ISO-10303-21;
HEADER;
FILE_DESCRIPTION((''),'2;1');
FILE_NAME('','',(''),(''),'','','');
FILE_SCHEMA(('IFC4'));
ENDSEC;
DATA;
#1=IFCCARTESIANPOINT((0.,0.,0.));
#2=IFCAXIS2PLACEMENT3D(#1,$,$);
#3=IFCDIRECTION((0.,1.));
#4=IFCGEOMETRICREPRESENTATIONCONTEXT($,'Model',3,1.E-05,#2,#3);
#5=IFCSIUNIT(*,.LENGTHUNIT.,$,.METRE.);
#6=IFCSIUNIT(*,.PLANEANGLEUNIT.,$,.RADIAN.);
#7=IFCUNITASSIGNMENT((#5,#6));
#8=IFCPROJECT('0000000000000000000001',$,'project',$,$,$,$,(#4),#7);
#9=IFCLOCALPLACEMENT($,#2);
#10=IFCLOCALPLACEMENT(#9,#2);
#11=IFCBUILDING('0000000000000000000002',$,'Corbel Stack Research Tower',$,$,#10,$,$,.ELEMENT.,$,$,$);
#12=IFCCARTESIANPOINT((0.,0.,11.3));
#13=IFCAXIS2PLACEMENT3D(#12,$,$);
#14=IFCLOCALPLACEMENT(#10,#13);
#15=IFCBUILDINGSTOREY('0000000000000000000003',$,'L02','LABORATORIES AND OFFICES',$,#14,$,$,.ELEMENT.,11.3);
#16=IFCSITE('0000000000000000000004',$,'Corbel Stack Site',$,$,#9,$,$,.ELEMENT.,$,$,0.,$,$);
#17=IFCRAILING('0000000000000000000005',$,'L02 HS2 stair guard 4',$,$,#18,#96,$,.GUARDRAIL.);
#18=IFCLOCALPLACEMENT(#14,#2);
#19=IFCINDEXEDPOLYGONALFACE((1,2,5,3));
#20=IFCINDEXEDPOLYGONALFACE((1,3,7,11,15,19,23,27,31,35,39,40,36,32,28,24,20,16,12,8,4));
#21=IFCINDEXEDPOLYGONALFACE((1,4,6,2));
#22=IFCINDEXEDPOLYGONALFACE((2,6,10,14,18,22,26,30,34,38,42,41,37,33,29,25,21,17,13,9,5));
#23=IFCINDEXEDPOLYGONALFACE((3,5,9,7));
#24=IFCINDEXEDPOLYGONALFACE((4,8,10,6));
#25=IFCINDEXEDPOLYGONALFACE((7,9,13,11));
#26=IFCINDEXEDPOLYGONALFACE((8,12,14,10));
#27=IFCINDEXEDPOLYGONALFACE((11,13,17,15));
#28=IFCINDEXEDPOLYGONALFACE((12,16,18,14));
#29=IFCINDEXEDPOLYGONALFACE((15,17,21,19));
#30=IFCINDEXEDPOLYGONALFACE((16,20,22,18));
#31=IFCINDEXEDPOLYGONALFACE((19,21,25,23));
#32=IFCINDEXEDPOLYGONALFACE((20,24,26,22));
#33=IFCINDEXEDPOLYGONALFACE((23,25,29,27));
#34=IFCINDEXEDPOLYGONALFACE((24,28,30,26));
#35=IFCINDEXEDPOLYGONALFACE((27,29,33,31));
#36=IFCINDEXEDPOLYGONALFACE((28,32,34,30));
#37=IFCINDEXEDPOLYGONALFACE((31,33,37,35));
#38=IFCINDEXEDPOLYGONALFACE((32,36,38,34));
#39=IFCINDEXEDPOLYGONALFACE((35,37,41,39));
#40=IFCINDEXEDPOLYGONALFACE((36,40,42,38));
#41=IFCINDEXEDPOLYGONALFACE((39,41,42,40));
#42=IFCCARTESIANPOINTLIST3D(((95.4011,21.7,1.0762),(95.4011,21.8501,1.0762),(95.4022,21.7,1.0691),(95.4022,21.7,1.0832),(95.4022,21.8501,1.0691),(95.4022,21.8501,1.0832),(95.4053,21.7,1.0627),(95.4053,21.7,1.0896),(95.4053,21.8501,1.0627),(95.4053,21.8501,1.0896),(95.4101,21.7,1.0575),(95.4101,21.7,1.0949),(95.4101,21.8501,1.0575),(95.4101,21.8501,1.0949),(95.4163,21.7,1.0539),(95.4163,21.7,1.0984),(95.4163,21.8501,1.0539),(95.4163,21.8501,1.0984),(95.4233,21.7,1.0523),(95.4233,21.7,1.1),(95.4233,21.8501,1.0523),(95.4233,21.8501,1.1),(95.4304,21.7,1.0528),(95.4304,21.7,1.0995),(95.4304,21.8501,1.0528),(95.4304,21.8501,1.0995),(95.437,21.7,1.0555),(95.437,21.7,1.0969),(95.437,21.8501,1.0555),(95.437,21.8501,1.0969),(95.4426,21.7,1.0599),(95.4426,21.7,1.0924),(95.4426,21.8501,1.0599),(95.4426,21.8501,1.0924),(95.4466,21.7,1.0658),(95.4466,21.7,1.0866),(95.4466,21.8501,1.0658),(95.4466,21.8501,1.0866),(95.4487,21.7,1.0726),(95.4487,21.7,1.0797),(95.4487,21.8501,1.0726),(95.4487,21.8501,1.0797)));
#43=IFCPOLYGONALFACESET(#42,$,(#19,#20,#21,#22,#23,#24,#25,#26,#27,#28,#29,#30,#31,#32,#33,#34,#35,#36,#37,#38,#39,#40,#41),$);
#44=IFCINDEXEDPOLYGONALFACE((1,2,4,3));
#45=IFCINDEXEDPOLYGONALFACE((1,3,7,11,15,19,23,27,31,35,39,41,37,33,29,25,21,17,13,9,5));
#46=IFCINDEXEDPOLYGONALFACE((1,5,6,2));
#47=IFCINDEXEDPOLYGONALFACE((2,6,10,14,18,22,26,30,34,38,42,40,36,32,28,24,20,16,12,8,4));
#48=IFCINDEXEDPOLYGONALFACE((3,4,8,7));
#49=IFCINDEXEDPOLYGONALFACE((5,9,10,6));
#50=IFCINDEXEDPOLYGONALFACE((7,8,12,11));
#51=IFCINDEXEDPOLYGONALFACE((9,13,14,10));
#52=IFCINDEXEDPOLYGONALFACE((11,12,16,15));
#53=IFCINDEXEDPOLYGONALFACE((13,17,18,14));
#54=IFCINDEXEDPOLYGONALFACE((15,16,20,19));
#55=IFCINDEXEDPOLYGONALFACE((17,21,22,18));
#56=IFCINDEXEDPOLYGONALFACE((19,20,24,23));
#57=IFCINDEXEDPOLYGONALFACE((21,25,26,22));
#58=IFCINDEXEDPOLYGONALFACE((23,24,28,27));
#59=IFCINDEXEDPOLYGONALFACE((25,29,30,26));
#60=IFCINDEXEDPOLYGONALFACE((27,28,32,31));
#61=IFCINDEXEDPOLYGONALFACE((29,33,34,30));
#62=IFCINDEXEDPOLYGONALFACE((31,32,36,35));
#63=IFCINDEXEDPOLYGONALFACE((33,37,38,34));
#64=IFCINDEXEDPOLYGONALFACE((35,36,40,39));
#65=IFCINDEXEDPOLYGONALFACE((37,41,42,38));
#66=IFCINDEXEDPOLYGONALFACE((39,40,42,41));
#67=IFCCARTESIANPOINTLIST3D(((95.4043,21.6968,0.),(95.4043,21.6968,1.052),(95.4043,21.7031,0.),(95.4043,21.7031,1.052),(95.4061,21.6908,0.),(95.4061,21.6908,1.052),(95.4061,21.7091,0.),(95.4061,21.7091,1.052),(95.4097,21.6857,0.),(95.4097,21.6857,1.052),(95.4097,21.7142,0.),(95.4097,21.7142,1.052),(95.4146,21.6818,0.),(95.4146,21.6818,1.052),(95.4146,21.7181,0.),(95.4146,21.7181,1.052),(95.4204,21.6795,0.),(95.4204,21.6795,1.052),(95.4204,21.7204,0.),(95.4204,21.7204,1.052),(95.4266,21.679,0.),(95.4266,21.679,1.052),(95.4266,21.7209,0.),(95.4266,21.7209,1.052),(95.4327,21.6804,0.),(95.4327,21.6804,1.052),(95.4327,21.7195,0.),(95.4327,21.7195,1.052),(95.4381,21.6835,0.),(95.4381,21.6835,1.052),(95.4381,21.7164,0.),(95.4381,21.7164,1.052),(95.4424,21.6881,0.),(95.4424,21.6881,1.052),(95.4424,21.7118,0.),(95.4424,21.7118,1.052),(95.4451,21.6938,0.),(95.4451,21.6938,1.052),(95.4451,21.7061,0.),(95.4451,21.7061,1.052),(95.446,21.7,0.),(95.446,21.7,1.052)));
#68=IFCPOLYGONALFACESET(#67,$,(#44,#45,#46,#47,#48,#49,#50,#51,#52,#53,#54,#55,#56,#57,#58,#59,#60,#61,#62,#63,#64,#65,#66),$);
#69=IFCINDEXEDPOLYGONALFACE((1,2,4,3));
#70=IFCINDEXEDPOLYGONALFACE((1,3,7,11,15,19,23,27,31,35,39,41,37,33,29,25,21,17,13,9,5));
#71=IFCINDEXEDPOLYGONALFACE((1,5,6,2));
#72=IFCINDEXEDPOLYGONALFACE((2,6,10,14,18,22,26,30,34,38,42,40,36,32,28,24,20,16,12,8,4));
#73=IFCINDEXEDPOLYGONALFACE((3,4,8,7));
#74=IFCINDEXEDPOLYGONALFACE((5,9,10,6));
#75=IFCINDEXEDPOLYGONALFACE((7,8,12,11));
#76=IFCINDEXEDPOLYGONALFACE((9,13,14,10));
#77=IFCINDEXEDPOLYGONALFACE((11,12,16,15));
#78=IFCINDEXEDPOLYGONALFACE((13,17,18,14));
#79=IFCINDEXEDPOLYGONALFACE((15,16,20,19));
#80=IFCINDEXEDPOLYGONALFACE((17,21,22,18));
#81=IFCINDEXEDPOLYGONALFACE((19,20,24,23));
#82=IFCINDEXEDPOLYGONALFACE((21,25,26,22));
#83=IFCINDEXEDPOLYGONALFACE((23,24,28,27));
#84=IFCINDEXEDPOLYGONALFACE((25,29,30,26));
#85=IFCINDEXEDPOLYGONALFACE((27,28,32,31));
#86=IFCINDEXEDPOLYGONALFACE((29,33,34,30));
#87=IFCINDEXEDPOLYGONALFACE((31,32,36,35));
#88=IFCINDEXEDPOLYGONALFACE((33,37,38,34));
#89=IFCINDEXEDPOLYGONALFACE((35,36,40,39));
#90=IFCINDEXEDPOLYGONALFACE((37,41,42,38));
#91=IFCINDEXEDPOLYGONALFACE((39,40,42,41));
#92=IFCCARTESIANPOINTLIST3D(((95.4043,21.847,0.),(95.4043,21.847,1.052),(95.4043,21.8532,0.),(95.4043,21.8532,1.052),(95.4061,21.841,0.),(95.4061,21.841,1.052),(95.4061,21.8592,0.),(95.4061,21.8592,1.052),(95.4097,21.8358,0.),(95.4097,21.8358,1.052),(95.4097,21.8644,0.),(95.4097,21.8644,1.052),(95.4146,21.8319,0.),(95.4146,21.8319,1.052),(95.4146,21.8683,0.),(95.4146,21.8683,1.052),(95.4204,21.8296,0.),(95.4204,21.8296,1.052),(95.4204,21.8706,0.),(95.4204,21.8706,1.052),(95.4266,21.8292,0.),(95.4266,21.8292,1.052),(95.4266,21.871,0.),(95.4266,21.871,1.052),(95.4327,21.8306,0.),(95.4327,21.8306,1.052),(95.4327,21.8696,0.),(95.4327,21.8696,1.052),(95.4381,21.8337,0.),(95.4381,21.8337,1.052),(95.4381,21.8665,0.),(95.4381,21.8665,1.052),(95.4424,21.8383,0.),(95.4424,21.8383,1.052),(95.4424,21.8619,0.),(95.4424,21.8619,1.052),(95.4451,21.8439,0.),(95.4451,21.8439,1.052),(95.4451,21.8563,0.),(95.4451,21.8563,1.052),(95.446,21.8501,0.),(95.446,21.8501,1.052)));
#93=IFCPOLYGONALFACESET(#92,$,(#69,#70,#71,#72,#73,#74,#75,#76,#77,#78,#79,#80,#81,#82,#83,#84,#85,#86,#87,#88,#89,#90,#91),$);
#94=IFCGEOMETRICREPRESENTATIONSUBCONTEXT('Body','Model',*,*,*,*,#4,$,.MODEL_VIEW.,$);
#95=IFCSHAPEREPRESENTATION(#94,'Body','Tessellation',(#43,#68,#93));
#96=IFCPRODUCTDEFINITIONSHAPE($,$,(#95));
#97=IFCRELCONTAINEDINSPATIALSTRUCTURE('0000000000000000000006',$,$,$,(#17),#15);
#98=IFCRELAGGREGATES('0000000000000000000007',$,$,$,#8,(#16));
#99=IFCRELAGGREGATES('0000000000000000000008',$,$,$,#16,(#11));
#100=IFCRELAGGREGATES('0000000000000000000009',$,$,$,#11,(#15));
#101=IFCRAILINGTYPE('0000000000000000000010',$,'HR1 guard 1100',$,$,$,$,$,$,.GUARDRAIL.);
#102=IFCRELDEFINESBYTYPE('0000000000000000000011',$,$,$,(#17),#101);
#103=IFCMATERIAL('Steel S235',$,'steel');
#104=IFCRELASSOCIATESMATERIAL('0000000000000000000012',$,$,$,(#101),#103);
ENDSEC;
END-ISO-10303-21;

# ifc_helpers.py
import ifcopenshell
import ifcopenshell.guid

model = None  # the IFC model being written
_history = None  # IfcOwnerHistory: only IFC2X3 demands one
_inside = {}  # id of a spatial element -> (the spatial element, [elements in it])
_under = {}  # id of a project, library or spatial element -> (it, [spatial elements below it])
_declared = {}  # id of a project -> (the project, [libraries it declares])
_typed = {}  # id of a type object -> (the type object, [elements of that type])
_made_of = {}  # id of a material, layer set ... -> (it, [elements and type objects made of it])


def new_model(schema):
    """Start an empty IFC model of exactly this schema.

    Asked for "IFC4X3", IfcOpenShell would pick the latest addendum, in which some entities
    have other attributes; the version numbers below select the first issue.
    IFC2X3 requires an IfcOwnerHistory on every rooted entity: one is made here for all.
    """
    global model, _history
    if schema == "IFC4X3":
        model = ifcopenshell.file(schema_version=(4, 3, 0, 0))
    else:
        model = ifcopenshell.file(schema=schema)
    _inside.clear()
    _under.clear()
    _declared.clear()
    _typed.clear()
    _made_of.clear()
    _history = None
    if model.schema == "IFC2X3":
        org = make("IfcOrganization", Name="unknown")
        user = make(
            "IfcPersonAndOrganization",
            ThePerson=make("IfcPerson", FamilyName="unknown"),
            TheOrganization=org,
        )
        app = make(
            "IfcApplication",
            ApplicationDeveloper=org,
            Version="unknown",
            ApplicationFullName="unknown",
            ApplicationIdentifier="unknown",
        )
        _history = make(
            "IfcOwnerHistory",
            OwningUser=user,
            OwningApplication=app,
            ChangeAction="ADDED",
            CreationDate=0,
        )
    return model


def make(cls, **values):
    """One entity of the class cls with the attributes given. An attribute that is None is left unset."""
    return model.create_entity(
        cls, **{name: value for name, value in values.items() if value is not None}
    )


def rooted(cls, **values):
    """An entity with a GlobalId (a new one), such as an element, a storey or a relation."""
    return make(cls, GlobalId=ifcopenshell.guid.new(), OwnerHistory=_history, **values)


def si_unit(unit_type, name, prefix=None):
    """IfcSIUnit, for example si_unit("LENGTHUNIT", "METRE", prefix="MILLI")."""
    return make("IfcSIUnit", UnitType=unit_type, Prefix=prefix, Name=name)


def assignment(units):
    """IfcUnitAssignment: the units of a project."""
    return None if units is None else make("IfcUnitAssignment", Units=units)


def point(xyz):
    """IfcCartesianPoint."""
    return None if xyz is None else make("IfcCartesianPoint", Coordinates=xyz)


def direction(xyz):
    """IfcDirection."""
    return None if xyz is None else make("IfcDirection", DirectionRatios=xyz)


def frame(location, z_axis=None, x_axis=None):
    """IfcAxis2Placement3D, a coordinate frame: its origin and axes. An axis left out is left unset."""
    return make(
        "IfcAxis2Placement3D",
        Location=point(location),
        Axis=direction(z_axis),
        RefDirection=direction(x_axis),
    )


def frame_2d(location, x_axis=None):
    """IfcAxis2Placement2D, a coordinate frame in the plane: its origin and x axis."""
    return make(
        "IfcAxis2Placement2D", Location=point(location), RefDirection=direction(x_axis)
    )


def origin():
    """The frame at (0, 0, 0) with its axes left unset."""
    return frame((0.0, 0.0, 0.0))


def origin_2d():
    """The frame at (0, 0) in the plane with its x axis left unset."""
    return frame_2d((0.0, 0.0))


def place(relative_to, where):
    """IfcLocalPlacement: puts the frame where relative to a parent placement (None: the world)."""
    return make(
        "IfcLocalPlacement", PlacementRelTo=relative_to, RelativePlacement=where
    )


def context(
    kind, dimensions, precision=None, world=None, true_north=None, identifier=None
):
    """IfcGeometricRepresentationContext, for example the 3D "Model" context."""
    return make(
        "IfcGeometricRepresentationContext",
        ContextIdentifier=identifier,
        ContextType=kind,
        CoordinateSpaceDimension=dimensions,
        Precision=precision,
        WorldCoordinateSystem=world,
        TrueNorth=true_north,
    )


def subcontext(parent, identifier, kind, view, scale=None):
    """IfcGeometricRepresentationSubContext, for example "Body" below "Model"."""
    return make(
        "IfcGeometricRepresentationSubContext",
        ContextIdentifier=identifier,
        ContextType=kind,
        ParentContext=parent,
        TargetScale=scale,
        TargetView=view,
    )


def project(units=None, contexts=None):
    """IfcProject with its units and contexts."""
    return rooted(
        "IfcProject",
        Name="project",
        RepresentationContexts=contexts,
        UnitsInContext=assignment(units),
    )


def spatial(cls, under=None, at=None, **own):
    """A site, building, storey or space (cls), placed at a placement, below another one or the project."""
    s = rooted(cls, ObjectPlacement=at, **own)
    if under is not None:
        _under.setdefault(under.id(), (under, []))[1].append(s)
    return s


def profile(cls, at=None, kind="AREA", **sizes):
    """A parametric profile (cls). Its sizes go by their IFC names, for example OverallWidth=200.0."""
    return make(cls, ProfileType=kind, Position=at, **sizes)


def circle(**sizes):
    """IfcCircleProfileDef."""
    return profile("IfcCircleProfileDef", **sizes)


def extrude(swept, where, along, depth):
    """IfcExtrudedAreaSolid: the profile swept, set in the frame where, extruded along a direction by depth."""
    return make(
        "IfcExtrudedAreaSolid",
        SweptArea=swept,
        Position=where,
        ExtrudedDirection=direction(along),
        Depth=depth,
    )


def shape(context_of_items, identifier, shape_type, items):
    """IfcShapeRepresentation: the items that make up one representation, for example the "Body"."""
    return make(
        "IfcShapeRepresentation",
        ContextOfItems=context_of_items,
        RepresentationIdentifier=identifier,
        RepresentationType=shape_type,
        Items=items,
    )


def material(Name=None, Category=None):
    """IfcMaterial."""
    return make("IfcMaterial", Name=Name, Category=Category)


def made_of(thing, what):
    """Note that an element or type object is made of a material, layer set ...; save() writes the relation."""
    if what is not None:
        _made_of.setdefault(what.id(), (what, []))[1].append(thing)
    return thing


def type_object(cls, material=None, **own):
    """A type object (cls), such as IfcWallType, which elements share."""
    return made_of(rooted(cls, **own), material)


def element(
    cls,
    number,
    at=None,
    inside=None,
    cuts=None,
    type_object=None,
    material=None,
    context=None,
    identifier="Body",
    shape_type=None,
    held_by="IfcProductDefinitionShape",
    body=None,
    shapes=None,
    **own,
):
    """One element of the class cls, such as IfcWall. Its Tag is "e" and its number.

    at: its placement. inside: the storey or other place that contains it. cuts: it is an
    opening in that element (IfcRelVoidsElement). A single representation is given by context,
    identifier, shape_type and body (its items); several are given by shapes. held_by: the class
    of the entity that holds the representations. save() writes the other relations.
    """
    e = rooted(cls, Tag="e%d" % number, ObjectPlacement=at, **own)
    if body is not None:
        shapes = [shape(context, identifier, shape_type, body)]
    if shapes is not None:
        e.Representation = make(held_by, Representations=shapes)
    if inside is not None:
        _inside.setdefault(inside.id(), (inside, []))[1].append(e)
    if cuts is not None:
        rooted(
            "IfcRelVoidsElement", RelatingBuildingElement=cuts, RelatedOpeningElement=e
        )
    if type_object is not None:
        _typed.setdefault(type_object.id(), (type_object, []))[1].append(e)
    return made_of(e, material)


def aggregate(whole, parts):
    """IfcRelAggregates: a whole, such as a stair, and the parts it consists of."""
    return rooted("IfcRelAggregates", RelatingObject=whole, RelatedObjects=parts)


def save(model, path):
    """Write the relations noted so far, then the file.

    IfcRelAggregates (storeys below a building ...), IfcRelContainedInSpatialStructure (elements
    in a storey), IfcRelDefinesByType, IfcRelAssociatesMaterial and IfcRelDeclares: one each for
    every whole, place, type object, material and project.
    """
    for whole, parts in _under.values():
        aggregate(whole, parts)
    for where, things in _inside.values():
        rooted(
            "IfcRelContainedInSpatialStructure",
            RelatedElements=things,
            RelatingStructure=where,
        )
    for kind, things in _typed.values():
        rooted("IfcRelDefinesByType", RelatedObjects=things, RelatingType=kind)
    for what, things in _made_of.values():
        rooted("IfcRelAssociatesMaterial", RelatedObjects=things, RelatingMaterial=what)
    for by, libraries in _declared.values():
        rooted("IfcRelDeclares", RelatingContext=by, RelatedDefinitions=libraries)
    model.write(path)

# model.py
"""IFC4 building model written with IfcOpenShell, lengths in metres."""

from ifc_helpers import new_model, si_unit, direction, frame, origin, origin_2d, place, context, subcontext, project, spatial, circle, extrude, material, type_object, element, save


model = new_model("IFC4")

# Units and contexts
model_context = context("Model", 3, precision=1e-05, world=origin(), true_north=direction((0.0, 1.0)))
body_context = subcontext(model_context, "Body", "Model", "MODEL_VIEW")
ifc_project = project(units=[si_unit("LENGTHUNIT", "METRE"), si_unit("PLANEANGLEUNIT", "RADIAN")], contexts=[model_context])

# Site, building, storey
site_placement = place(None, origin())
site = spatial("IfcSite", under=ifc_project, at=site_placement, Name="Corbel Stack Site", CompositionType="ELEMENT", RefElevation=0.0)
building_placement = place(site_placement, origin())
building = spatial("IfcBuilding", under=site, at=building_placement, Name="Corbel Stack Research Tower", CompositionType="ELEMENT")
storey_placement = place(building_placement, frame((0.0, 0.0, 11.3)))
storey = spatial("IfcBuildingStorey", under=building, at=storey_placement, Name="L02", Description="LABORATORIES AND OFFICES", CompositionType="ELEMENT", Elevation=11.3)

# Railing
ifc_material_1 = material(Name="Steel S235", Category="steel")
railing_type_1 = type_object("IfcRailingType", Name="HR1 guard 1100", PredefinedType="GUARDRAIL", material=ifc_material_1)
railing_1_placement = place(storey_placement, frame((95.425, 21.7, 0.0)))
element("IfcRailing", 1, at=railing_1_placement, inside=storey, type_object=railing_type_1, Name="L02 HS2 stair guard 4", PredefinedType="GUARDRAIL", context=body_context, shape_type="SweptSolid", body=[
    extrude(circle(Radius=0.0239, at=origin_2d()), frame((0.0, 0.0, 1.0762), z_axis=(0.0, 1.0, 0.0), x_axis=(-1.0, 0.0, 0.0)), (0.0, 0.0, 1.0), 0.1501),
    extrude(circle(Radius=0.021, at=origin_2d()), origin(), (0.0, 0.0, 1.0), 1.052),
    extrude(circle(Radius=0.021, at=origin_2d()), frame((0.0, 0.1501, 0.0)), (0.0, 0.0, 1.0), 1.052),
])

save(model, "model.ifc")
